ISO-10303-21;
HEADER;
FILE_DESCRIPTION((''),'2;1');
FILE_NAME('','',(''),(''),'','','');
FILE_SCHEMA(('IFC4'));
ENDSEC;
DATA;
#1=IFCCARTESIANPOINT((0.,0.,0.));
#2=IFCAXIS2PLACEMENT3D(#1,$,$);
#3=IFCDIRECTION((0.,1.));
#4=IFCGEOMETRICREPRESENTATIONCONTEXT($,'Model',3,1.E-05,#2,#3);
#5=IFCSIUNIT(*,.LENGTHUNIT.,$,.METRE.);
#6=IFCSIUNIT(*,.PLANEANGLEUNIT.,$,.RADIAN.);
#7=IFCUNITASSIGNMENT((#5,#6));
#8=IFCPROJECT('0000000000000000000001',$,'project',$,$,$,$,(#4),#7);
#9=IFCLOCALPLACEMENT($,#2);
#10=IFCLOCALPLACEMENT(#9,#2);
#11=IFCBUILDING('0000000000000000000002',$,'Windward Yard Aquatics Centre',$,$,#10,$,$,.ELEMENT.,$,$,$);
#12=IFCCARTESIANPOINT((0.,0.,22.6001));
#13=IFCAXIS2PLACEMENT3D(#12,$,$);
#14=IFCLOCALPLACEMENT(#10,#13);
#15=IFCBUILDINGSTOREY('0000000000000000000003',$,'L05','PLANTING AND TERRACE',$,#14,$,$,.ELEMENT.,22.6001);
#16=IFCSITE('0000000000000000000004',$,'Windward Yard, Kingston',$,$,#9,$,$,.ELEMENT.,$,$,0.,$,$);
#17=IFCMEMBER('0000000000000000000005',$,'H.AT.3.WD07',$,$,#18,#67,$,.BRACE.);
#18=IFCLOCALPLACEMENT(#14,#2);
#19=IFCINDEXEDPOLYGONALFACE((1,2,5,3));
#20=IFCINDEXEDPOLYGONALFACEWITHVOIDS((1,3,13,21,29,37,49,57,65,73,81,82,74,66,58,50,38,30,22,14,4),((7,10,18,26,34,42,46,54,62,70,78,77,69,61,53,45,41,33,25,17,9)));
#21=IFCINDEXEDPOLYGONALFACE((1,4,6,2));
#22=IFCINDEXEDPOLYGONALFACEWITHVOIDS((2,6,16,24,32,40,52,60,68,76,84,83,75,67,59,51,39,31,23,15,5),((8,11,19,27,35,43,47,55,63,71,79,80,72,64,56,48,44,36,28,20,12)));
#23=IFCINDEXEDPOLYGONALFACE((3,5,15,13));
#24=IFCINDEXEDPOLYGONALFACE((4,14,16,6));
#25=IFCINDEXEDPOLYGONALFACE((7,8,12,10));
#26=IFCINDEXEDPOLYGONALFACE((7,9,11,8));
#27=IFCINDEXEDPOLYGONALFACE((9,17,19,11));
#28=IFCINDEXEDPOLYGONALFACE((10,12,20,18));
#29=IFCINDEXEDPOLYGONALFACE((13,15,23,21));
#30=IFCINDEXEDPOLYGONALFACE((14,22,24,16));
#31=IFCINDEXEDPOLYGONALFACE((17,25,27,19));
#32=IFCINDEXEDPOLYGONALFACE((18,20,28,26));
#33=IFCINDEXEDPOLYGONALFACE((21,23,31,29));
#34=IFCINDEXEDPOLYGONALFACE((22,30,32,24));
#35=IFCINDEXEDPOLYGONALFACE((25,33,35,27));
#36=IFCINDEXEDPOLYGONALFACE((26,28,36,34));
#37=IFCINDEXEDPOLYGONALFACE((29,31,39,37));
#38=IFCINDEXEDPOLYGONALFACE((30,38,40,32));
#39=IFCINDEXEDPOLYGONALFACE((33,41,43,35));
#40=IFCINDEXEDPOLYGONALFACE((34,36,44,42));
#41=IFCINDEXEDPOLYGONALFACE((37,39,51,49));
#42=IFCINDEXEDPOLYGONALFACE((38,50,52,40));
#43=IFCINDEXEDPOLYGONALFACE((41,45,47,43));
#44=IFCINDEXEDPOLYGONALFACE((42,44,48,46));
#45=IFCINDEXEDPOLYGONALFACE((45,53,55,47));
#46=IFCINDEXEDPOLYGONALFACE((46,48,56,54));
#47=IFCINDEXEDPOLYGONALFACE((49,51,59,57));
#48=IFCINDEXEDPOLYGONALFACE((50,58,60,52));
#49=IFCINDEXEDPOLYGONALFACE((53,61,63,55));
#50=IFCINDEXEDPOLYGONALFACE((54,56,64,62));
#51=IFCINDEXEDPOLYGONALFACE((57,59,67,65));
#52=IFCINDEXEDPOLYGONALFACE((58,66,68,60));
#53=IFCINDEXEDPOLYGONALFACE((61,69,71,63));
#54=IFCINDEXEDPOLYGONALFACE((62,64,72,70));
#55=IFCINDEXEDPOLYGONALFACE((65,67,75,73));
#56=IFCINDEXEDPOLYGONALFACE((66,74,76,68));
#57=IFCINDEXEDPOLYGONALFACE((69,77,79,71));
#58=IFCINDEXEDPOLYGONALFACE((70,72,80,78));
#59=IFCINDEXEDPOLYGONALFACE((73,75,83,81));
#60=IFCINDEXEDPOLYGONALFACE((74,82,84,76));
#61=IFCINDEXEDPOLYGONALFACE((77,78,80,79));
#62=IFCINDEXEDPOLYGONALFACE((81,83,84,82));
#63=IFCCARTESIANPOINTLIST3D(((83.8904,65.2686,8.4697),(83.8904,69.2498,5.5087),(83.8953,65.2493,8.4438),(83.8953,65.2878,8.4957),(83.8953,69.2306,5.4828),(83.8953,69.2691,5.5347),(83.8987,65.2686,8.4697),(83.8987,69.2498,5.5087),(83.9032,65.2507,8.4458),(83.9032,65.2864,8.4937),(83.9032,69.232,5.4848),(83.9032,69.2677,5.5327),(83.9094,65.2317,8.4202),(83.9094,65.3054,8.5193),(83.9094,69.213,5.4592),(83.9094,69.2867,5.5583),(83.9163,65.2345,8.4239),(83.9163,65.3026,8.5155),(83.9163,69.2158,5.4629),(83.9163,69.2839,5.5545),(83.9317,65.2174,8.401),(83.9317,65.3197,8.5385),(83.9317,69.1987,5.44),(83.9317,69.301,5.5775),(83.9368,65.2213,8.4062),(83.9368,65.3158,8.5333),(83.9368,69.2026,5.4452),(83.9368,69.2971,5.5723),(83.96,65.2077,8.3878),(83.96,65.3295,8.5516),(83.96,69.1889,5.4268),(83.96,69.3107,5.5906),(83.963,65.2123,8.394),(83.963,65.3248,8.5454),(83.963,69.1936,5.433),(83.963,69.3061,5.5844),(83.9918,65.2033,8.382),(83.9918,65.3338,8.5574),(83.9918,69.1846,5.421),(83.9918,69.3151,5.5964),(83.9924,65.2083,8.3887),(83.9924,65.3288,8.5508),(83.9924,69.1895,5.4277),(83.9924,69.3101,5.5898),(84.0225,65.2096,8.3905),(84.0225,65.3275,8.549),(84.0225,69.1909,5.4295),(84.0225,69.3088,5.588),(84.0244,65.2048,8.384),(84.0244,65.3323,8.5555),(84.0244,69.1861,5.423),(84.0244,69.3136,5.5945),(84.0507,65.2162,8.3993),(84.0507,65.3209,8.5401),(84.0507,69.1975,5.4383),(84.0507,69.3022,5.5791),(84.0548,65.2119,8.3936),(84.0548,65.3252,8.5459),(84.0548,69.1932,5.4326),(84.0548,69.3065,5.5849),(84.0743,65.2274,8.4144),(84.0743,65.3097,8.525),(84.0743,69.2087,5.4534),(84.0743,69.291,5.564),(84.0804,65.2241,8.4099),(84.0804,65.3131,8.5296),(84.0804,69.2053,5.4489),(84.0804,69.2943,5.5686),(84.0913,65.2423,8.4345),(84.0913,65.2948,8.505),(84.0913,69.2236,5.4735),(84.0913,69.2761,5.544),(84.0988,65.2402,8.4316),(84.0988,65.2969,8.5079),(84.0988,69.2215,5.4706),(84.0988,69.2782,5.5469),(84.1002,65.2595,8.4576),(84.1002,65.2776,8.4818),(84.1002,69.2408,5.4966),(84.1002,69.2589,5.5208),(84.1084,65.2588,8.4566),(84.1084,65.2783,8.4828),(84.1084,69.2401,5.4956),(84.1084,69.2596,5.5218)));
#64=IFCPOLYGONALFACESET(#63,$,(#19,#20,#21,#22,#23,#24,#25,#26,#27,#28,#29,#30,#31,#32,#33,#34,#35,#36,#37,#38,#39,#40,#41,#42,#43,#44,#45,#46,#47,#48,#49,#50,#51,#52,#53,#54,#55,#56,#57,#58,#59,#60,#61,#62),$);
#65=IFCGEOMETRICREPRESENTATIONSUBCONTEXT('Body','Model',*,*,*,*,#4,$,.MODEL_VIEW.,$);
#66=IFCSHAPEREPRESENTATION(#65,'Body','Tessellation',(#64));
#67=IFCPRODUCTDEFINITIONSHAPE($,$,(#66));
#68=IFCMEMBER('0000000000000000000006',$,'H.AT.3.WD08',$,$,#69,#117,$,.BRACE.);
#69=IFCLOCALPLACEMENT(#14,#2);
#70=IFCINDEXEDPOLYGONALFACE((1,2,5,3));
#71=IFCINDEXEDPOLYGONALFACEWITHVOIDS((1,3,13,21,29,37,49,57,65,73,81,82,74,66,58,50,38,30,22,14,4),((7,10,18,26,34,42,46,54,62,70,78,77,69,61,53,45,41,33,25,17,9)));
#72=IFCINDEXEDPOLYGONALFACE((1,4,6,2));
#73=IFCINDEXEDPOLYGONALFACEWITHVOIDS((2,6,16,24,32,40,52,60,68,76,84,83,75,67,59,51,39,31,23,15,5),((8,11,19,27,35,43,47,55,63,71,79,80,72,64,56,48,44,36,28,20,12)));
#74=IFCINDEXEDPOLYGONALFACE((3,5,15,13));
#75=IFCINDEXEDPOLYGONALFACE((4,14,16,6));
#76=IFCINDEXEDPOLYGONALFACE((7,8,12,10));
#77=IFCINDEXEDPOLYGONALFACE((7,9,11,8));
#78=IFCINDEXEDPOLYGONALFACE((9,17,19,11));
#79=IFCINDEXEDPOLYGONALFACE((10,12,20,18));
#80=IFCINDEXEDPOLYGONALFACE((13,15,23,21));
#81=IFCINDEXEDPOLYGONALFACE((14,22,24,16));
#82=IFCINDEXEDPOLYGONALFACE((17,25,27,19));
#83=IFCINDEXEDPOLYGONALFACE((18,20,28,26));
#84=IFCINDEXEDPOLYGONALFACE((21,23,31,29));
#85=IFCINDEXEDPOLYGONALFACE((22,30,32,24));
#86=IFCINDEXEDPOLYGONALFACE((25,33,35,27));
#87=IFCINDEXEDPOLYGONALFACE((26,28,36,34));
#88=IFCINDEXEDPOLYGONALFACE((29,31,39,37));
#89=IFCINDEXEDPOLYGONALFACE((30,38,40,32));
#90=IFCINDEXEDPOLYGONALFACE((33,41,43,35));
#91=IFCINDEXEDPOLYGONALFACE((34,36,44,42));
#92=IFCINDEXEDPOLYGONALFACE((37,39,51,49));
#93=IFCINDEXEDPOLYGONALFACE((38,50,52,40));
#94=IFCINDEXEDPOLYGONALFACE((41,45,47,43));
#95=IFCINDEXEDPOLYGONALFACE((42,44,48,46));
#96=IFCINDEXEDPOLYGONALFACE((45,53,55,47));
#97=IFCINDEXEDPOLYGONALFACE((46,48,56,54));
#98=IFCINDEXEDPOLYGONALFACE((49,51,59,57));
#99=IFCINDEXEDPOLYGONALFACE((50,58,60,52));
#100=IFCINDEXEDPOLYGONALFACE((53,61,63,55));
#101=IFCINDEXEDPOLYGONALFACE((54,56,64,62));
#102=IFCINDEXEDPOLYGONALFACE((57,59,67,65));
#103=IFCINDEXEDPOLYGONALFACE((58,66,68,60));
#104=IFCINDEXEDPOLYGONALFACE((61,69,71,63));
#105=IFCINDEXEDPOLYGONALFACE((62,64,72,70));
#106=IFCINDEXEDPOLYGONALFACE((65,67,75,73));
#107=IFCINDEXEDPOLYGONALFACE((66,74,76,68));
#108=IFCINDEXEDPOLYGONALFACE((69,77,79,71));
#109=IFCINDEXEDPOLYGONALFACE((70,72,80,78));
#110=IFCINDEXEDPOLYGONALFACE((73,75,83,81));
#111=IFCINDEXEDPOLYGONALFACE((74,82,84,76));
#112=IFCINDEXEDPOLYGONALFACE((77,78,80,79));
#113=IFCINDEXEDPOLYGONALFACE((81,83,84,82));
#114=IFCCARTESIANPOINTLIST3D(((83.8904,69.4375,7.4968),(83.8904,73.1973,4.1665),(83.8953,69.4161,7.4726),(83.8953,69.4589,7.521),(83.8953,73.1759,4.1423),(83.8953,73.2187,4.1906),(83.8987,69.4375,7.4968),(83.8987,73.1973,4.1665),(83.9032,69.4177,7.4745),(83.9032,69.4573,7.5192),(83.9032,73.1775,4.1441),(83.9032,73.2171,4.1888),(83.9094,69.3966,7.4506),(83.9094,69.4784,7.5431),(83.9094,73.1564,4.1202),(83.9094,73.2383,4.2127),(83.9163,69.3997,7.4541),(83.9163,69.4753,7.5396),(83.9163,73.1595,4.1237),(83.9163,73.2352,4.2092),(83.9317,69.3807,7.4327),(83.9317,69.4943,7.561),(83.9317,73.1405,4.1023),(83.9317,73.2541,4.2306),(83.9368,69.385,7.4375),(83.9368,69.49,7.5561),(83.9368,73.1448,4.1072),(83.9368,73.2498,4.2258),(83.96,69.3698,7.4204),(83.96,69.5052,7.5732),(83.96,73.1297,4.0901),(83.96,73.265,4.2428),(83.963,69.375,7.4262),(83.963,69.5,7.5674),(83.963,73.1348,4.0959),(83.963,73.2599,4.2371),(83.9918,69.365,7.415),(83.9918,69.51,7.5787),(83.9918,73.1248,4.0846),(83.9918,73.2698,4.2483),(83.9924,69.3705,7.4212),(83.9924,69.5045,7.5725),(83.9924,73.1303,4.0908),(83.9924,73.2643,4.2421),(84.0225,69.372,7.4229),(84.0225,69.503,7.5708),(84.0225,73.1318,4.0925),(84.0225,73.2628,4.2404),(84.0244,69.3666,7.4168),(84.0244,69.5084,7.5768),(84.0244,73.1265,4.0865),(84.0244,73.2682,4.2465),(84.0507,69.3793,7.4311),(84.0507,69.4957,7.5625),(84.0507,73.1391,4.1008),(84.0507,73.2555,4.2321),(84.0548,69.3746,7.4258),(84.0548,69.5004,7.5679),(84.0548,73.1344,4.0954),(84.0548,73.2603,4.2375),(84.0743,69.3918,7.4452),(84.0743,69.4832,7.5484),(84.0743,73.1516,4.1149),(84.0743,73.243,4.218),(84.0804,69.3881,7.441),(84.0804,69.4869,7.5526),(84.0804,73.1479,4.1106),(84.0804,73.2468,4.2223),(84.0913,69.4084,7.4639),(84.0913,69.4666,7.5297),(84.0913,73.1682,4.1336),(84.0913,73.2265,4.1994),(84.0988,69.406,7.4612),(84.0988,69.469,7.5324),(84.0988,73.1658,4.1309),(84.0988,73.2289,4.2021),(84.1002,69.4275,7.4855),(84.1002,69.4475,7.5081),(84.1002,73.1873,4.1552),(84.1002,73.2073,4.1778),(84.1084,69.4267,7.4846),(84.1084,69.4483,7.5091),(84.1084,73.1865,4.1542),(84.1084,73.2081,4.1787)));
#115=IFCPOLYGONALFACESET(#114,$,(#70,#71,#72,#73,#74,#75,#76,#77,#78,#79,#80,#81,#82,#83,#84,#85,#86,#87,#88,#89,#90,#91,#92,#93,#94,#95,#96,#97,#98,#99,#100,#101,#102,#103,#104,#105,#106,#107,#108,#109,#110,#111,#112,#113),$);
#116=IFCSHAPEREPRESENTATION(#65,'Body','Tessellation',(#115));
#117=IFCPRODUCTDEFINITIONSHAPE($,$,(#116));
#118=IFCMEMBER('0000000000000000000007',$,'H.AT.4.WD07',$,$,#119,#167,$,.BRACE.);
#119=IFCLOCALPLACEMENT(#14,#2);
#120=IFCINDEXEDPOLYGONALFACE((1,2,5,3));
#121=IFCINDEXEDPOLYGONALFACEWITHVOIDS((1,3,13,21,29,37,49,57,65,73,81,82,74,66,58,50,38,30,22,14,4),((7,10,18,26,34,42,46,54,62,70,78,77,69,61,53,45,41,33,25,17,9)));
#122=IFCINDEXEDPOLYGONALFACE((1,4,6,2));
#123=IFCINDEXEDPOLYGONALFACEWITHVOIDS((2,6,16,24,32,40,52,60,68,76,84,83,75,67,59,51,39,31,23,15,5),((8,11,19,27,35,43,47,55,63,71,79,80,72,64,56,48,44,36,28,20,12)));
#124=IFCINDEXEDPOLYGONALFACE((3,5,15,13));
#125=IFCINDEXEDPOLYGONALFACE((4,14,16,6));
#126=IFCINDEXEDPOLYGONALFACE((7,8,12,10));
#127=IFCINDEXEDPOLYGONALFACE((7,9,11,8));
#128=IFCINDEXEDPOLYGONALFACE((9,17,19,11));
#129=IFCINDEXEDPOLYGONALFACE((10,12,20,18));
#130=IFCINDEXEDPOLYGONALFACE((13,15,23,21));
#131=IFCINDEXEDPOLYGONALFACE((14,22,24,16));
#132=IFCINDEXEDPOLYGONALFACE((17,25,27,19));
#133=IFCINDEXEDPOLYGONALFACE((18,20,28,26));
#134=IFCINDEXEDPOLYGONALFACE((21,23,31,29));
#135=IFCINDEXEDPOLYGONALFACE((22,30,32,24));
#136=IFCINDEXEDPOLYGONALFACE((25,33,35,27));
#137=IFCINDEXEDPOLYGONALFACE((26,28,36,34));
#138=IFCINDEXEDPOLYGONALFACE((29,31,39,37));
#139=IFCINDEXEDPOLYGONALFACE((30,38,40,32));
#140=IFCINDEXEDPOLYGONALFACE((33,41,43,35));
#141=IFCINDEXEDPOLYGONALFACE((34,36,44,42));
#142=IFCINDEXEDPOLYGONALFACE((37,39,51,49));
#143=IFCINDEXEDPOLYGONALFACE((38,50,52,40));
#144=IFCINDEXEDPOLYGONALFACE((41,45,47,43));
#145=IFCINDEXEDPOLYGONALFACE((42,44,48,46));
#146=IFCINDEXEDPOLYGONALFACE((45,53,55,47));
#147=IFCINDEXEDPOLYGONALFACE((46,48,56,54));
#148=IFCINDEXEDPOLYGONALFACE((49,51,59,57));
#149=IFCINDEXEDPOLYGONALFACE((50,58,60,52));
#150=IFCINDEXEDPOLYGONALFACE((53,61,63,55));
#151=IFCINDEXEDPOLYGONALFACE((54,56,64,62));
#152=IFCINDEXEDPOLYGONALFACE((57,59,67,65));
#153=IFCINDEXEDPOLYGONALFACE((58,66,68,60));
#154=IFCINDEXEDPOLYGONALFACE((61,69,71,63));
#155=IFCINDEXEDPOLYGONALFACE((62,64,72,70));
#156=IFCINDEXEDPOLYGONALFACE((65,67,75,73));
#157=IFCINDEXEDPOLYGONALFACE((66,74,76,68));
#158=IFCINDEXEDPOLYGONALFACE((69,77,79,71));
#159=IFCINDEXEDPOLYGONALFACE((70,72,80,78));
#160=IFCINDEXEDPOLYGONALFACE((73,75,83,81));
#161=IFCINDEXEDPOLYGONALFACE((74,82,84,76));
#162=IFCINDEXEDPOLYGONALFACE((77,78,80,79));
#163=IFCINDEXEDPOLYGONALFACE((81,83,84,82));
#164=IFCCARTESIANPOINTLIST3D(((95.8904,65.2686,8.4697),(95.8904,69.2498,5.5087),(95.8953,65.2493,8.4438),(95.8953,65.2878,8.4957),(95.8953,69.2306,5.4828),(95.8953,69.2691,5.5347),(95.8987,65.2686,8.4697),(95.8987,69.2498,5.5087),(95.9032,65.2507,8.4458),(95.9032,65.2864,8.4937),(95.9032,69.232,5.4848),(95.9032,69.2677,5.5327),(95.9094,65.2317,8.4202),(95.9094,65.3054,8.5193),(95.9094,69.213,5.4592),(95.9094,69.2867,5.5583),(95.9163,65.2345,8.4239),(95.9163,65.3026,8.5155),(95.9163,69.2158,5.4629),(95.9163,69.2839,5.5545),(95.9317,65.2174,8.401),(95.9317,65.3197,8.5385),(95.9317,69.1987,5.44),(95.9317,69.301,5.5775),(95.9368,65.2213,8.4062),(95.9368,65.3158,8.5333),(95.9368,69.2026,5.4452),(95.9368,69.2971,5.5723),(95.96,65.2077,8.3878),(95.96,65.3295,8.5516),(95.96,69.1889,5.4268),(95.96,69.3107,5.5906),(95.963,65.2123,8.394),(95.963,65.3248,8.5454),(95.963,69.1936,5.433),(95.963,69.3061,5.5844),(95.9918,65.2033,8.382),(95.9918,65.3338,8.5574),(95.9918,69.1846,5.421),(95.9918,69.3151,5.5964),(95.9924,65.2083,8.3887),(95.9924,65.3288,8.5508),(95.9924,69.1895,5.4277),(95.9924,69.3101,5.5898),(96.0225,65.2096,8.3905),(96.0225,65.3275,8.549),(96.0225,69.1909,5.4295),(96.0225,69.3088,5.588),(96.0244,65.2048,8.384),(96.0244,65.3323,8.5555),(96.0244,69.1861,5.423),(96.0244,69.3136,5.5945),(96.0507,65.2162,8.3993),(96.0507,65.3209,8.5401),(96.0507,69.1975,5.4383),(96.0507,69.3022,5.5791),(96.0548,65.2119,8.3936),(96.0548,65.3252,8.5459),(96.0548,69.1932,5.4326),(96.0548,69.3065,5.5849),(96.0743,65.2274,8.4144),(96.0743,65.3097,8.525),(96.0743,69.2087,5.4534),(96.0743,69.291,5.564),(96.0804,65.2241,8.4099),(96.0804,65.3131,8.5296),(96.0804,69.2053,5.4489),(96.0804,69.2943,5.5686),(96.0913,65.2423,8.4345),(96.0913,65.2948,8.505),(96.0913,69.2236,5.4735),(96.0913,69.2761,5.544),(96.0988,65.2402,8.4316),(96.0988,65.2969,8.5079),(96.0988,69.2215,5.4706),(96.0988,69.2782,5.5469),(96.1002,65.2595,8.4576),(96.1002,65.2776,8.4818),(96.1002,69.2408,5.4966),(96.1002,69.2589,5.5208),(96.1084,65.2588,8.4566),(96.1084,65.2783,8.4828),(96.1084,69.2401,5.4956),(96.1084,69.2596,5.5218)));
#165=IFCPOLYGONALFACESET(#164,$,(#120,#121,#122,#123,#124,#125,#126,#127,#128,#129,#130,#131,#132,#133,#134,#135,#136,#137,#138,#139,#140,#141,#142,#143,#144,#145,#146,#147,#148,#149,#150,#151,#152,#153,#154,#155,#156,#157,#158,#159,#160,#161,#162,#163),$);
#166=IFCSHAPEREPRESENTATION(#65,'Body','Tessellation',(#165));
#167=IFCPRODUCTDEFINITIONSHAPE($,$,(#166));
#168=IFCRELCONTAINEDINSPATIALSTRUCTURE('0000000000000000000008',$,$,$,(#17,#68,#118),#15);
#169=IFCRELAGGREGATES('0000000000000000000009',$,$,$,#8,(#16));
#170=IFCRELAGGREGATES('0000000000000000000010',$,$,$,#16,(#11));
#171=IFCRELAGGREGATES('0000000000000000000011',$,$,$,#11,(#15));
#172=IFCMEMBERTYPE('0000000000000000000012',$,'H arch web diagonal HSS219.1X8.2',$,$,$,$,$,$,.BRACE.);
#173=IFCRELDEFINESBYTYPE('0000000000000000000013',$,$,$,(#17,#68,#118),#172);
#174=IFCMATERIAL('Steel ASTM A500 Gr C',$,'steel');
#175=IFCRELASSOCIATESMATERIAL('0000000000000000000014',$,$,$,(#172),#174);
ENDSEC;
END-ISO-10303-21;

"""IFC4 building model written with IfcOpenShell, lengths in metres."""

from ifc_helpers import new_model, si_unit, direction, frame, origin, origin_2d, place, context, subcontext, project, spatial, hollow_circle, extrude, material, material_profile, profile_set, type_object, element, save


model = new_model("IFC4")

# Units and contexts
model_context = context("Model", 3, precision=1e-05, world=origin(), true_north=direction((0.0, 1.0)))
body_context = subcontext(model_context, "Body", "Model", "MODEL_VIEW")
ifc_project = project(units=[si_unit("LENGTHUNIT", "METRE"), si_unit("PLANEANGLEUNIT", "RADIAN")], contexts=[model_context])

# Site, building, storey
site_placement = place(None, origin())
site = spatial("IfcSite", under=ifc_project, at=site_placement, Name="Windward Yard, Kingston", CompositionType="ELEMENT", RefElevation=0.0)
building_placement = place(site_placement, origin())
building = spatial("IfcBuilding", under=site, at=building_placement, Name="Windward Yard Aquatics Centre", CompositionType="ELEMENT")
storey_placement = place(building_placement, frame((0.0, 0.0, 22.6001)))
storey = spatial("IfcBuildingStorey", under=building, at=storey_placement, Name="L05", Description="PLANTING AND TERRACE", CompositionType="ELEMENT", Elevation=22.6001)

# Members
ifc_material_1 = material(Name="Steel ASTM A500 Gr C", Category="steel")
ifc_material_profile_1 = material_profile(ifc_material_1, hollow_circle(Radius=0.1096, WallThickness=0.0083, at=origin_2d()), Name="HSS219.1X8.2")
ifc_profile_set_1 = profile_set([ifc_material_profile_1], Name="Steel ASTM A500 Gr C")
member_type_1 = type_object("IfcMemberType", Name="H arch web diagonal HSS219.1X8.2", PredefinedType="BRACE", material=ifc_profile_set_1)
member_1_placement = place(storey_placement, frame((84.0, 65.2686, 8.4697), z_axis=(0.0, 0.802409, -0.596775), x_axis=(-1.0, 0.0, 0.0)))
element("IfcMember", 1, at=member_1_placement, inside=storey, type_object=member_type_1, Name="H.AT.3.WD07", PredefinedType="BRACE", context=body_context, shape_type="SweptSolid", body=[
    extrude(hollow_circle(Radius=0.1096, WallThickness=0.0083, at=origin_2d()), origin(), (0.0, 0.0, 1.0), 4.9617),
])
member_2_placement = place(storey_placement, frame((84.0, 69.4375, 7.4968), z_axis=(0.0, 0.748564, -0.663062), x_axis=(-1.0, 0.0, 0.0)))
element("IfcMember", 2, at=member_2_placement, inside=storey, type_object=member_type_1, Name="H.AT.3.WD08", PredefinedType="BRACE", context=body_context, shape_type="SweptSolid", body=[
    extrude(hollow_circle(Radius=0.1096, WallThickness=0.0083, at=origin_2d()), origin(), (0.0, 0.0, 1.0), 5.0227),
])
member_3_placement = place(storey_placement, frame((96.0, 65.2686, 8.4697), z_axis=(0.0, 0.802409, -0.596775), x_axis=(-1.0, 0.0, 0.0)))
element("IfcMember", 3, at=member_3_placement, inside=storey, type_object=member_type_1, Name="H.AT.4.WD07", PredefinedType="BRACE", context=body_context, shape_type="SweptSolid", body=[
    extrude(hollow_circle(Radius=0.1096, WallThickness=0.0083, at=origin_2d()), origin(), (0.0, 0.0, 1.0), 4.9617),
])

save(model, "model.ifc")
